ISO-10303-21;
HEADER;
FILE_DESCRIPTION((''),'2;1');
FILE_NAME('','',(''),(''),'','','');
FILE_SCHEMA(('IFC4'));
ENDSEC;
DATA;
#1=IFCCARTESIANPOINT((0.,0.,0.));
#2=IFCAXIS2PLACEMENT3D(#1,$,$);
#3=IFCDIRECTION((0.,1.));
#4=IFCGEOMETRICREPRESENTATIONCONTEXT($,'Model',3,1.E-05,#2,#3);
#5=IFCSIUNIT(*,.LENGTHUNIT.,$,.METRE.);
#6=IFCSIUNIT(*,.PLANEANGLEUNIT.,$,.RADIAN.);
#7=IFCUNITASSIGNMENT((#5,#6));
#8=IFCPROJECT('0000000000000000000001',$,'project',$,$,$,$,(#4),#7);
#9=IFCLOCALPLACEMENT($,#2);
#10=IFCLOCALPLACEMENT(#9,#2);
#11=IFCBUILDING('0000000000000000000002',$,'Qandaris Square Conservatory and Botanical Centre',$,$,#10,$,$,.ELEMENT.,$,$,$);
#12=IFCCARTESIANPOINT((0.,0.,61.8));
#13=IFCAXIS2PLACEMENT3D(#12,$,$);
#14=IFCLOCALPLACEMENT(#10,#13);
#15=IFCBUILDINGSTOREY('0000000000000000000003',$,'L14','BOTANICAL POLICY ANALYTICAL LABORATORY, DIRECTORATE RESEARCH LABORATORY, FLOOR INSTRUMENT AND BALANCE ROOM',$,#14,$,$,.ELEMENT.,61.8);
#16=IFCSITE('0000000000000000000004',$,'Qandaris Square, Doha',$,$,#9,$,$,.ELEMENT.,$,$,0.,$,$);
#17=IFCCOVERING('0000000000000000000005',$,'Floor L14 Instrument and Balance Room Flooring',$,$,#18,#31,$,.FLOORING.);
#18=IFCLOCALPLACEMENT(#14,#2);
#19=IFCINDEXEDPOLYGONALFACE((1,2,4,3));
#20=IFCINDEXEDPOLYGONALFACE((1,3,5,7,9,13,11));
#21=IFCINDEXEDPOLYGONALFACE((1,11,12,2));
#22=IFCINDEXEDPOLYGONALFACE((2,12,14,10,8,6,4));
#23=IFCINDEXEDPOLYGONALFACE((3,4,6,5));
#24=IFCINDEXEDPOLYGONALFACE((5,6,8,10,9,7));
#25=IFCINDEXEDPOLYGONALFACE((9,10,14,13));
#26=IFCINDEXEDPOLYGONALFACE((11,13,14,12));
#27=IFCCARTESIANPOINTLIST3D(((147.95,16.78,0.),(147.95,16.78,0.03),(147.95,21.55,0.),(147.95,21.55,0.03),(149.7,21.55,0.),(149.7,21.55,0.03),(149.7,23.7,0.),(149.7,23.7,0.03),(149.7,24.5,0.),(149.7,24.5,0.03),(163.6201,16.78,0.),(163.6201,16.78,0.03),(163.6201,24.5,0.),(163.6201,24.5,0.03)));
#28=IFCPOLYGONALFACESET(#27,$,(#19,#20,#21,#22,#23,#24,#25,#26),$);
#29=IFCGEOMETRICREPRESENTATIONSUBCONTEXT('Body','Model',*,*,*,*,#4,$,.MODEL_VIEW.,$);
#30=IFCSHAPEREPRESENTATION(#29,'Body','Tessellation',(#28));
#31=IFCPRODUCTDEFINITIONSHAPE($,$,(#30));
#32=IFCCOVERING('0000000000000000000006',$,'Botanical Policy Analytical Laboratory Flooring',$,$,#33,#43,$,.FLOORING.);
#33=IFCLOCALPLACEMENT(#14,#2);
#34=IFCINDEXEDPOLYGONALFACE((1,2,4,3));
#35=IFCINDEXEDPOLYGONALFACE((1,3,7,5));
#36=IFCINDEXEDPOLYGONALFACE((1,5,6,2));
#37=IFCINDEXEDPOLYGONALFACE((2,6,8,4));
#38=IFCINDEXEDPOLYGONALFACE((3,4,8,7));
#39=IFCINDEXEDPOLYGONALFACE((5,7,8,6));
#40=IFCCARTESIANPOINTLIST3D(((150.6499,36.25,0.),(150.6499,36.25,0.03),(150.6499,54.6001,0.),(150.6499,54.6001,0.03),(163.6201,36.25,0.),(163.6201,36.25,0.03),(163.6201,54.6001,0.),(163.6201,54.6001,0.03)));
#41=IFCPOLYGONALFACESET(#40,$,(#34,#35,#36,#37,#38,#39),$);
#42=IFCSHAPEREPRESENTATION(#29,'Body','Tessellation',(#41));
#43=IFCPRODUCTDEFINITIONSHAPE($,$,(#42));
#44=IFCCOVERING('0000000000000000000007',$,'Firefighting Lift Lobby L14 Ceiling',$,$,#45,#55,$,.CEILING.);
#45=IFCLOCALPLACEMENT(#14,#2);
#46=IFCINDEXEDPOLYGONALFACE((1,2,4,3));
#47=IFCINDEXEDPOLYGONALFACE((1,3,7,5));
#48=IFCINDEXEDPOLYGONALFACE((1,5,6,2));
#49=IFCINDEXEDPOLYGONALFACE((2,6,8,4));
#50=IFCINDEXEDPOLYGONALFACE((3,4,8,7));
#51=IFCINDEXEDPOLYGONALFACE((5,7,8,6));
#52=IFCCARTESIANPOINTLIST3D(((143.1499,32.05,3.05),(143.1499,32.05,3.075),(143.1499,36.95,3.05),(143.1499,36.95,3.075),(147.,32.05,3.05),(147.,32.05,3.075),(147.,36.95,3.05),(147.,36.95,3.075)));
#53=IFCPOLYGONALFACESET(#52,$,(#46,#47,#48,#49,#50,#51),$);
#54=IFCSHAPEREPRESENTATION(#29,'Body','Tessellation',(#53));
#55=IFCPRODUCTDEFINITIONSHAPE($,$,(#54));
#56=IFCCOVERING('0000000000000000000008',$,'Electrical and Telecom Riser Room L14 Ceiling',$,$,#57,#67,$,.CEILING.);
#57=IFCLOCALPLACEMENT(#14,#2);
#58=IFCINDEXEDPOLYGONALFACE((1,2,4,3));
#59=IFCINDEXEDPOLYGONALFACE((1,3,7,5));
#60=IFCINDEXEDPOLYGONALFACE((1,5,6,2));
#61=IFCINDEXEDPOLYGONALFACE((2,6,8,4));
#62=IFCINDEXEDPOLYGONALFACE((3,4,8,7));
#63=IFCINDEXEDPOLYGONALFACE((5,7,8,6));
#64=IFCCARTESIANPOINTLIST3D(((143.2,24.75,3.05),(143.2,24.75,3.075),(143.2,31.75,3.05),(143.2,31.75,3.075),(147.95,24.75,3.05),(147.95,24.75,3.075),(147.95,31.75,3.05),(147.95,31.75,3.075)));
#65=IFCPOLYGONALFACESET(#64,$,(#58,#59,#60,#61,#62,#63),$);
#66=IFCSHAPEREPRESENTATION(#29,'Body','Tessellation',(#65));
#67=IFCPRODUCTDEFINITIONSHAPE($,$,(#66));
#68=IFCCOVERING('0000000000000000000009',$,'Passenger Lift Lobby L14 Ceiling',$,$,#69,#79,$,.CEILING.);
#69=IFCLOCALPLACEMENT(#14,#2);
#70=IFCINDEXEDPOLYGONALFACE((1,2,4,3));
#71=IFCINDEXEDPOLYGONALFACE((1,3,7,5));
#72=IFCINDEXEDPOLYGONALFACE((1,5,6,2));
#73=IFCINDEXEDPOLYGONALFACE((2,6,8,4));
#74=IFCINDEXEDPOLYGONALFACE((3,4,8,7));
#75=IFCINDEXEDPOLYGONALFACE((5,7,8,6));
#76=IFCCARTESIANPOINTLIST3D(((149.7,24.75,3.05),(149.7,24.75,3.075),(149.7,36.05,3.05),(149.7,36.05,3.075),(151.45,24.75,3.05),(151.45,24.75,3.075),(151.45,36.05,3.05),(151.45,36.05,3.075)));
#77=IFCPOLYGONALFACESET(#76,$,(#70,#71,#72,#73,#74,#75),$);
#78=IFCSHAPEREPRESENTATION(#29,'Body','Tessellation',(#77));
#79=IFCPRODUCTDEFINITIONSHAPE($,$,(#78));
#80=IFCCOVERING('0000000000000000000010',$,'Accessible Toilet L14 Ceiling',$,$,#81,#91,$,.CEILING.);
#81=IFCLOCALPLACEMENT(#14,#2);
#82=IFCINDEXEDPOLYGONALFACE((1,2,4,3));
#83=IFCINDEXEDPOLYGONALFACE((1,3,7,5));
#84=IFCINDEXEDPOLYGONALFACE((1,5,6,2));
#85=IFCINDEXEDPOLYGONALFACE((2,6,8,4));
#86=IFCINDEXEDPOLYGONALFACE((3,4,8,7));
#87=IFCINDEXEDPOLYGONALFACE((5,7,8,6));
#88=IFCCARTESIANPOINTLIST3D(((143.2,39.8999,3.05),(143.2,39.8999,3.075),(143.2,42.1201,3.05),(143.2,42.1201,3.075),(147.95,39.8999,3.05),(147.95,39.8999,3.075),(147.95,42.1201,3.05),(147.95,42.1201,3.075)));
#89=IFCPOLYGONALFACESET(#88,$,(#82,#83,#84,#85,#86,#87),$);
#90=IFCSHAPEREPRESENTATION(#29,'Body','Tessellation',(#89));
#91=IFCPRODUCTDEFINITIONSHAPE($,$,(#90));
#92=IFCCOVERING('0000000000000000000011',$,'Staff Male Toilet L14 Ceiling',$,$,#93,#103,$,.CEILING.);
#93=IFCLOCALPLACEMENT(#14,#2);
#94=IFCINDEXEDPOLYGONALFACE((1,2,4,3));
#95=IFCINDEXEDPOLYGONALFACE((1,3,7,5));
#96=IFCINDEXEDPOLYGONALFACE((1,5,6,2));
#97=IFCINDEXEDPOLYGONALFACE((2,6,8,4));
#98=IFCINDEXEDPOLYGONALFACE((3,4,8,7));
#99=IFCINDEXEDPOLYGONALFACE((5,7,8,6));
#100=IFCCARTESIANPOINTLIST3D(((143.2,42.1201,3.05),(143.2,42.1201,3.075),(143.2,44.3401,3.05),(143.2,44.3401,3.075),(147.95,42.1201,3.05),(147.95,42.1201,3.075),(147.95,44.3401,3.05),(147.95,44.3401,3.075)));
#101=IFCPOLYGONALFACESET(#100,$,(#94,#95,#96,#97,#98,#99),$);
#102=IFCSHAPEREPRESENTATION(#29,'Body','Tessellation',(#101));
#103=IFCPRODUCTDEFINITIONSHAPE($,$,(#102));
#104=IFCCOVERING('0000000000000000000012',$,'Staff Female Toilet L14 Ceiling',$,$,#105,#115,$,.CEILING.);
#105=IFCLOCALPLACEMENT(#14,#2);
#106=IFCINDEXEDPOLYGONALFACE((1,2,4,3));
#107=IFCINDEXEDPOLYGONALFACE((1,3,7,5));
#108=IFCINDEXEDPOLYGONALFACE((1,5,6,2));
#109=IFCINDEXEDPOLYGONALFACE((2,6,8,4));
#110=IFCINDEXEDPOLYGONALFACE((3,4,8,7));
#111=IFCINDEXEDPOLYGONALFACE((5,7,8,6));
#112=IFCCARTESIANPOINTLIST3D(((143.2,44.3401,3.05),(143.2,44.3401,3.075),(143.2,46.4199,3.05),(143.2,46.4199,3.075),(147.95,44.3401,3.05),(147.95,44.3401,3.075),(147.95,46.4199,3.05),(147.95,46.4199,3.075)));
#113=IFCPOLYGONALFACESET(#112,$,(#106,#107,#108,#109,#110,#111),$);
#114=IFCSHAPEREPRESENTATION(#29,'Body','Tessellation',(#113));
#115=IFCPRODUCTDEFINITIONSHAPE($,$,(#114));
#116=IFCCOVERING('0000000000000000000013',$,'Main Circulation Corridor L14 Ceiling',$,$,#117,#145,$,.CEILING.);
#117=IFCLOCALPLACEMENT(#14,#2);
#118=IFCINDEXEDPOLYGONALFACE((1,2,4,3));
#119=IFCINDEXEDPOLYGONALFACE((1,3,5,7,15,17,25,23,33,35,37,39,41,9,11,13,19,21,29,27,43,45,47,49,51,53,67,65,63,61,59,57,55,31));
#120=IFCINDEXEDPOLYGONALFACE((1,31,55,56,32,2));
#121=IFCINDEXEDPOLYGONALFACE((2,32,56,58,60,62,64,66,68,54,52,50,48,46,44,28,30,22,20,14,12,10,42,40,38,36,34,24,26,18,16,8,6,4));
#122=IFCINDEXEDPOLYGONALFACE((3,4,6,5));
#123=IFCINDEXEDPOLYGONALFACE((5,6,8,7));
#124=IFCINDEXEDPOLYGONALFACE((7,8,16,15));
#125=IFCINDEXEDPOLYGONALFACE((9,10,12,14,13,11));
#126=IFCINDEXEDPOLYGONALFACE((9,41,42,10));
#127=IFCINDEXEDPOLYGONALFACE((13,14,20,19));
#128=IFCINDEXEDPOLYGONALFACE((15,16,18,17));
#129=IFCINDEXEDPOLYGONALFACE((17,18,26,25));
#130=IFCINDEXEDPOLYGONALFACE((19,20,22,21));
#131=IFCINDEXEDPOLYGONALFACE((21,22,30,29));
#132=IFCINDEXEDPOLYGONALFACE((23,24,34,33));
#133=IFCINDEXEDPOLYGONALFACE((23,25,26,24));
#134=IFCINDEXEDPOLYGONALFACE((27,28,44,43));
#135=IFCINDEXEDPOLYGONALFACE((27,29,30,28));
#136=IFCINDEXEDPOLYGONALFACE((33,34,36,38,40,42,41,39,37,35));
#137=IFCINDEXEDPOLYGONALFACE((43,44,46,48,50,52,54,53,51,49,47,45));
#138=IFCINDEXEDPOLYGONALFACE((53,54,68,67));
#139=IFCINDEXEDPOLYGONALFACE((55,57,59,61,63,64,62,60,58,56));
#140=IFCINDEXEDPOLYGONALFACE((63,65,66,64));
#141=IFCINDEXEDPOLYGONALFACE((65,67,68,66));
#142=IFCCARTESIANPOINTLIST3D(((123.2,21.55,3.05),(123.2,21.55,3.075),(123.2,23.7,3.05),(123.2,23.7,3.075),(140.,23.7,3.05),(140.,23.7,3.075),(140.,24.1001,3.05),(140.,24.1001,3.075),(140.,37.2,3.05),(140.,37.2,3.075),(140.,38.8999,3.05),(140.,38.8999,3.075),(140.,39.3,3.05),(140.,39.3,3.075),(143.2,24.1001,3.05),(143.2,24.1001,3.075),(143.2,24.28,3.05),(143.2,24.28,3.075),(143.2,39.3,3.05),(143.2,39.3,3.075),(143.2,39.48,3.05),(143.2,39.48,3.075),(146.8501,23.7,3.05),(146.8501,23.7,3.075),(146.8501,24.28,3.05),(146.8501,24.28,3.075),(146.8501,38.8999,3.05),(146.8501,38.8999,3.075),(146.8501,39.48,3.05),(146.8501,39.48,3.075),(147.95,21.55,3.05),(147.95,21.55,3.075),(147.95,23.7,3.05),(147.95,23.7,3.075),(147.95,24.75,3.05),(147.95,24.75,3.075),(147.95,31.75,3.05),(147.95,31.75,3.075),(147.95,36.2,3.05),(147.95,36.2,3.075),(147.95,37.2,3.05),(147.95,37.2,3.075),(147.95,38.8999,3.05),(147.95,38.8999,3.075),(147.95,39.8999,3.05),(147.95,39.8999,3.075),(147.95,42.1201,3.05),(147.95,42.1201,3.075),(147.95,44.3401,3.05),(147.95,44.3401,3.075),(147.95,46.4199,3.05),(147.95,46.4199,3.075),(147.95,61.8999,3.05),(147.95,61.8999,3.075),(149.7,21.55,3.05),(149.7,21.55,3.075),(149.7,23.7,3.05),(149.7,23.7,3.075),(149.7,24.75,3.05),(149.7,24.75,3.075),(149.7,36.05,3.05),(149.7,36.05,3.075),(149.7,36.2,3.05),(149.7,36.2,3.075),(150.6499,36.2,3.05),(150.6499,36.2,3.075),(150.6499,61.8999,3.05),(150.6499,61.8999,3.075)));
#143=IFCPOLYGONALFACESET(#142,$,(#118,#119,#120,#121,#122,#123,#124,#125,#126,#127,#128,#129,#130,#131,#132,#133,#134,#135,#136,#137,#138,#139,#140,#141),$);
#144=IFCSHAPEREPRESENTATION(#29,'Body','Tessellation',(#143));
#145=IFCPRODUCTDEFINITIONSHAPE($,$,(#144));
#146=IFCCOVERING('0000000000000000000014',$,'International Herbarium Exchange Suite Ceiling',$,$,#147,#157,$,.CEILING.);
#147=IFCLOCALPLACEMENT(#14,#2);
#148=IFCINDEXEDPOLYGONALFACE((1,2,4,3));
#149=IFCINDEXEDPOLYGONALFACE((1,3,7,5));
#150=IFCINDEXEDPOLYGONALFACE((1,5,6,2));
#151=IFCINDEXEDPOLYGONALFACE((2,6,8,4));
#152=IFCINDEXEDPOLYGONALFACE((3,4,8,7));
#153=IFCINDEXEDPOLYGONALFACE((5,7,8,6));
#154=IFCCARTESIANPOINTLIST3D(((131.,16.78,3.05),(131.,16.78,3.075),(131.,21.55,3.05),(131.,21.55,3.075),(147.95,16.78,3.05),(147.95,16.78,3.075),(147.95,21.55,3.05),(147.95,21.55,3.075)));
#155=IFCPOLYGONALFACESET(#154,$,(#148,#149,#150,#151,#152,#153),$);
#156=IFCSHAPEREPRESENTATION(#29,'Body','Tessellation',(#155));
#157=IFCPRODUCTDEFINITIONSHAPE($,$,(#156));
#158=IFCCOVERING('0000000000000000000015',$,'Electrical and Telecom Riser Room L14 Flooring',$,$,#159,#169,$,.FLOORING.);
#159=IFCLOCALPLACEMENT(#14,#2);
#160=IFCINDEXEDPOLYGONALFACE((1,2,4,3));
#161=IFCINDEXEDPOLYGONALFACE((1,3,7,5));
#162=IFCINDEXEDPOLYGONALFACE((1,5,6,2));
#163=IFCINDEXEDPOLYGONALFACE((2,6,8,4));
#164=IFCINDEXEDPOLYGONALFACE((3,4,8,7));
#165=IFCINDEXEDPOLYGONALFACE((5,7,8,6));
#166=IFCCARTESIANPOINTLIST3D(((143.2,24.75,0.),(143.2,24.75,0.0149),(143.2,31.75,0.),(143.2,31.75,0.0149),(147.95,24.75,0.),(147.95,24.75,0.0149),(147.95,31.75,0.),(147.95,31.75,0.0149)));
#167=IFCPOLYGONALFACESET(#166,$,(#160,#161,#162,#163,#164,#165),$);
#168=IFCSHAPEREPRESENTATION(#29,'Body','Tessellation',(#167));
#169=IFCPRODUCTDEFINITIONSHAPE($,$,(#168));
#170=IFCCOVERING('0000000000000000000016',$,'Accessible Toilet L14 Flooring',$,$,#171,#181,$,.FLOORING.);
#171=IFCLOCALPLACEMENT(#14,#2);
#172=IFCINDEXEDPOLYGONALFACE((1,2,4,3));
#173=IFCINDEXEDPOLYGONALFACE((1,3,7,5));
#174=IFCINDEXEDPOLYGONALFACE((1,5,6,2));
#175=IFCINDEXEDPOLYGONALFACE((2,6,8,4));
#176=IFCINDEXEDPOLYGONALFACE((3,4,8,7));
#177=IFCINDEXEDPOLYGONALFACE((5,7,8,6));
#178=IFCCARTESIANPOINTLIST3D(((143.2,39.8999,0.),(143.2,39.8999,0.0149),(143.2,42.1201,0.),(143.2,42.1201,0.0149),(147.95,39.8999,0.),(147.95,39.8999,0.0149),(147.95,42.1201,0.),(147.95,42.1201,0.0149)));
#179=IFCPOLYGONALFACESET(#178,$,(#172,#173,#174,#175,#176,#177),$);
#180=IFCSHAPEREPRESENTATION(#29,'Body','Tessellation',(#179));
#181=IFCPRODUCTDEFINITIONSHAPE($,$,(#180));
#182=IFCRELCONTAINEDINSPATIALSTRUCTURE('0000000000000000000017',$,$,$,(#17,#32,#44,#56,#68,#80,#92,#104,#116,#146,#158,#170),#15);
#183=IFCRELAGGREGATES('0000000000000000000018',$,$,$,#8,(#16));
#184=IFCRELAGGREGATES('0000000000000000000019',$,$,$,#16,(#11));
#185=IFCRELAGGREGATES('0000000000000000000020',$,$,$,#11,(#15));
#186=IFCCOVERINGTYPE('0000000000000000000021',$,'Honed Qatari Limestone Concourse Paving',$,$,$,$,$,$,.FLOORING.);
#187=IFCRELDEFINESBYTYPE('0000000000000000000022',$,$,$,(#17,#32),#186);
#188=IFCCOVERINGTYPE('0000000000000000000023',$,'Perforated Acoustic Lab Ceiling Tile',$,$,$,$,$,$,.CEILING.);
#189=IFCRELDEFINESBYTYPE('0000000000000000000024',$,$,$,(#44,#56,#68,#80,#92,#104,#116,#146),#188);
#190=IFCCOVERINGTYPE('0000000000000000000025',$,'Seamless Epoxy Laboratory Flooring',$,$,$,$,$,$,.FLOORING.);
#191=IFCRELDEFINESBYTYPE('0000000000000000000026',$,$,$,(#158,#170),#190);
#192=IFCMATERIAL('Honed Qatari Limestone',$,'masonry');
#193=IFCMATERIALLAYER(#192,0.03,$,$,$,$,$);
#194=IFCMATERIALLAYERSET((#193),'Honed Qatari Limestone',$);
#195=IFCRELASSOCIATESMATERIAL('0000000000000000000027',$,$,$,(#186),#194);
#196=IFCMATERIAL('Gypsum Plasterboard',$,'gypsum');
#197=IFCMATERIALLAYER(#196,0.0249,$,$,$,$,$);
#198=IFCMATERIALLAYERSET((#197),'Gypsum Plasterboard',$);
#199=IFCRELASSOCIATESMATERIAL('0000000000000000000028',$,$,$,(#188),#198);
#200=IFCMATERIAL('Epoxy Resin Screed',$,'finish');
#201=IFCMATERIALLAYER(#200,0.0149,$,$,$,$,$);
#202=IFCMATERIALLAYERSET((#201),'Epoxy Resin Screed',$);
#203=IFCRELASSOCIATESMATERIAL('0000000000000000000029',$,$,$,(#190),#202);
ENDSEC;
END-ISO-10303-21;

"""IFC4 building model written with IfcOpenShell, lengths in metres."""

from ifc_helpers import new_model, si_unit, direction, frame, origin, place, context, subcontext, project, spatial, polyline, outline, extrude, material, layer, layer_set, type_object, element, save


model = new_model("IFC4")

# Units and contexts
model_context = context("Model", 3, precision=1e-05, world=origin(), true_north=direction((0.0, 1.0)))
body_context = subcontext(model_context, "Body", "Model", "MODEL_VIEW")
ifc_project = project(units=[si_unit("LENGTHUNIT", "METRE"), si_unit("PLANEANGLEUNIT", "RADIAN")], contexts=[model_context])

# Site, building, storey
site_placement = place(None, origin())
site = spatial("IfcSite", under=ifc_project, at=site_placement, Name="Qandaris Square, Doha", CompositionType="ELEMENT", RefElevation=0.0)
building_placement = place(site_placement, origin())
building = spatial("IfcBuilding", under=site, at=building_placement, Name="Qandaris Square Conservatory and Botanical Centre", CompositionType="ELEMENT")
storey_placement = place(building_placement, frame((0.0, 0.0, 61.8)))
storey = spatial("IfcBuildingStorey", under=building, at=storey_placement, Name="L14", Description="BOTANICAL POLICY ANALYTICAL LABORATORY, DIRECTORATE RESEARCH LABORATORY, FLOOR INSTRUMENT AND BALANCE ROOM", CompositionType="ELEMENT", Elevation=61.8)

# Coverings
ifc_material_1 = material(Name="Honed Qatari Limestone", Category="masonry")
ifc_layer_1 = layer(ifc_material_1, 0.03)
ifc_layer_set_1 = layer_set([ifc_layer_1], Name="Honed Qatari Limestone")
covering_type_1 = type_object("IfcCoveringType", Name="Honed Qatari Limestone Concourse Paving", PredefinedType="FLOORING", material=ifc_layer_set_1)
covering_1_placement = place(storey_placement, origin())
element("IfcCovering", 1, at=covering_1_placement, inside=storey, type_object=covering_type_1, Name="Floor L14 Instrument and Balance Room Flooring", PredefinedType="FLOORING", context=body_context, shape_type="SweptSolid", body=[
    extrude(outline(polyline([(147.95, 21.55), (149.7, 21.55), (149.7, 23.7), (149.7, 24.5), (163.6201, 24.5), (163.6201, 16.78), (147.95, 16.78), (147.95, 21.55)])), origin(), (0.0, 0.0, 1.0), 0.03),
])
covering_2_placement = place(storey_placement, origin())
element("IfcCovering", 2, at=covering_2_placement, inside=storey, type_object=covering_type_1, Name="Botanical Policy Analytical Laboratory Flooring", PredefinedType="FLOORING", context=body_context, shape_type="SweptSolid", body=[
    extrude(outline(polyline([(150.6499, 54.6001), (163.6201, 54.6001), (163.6201, 36.25), (150.6499, 36.25), (150.6499, 54.6001)])), origin(), (0.0, 0.0, 1.0), 0.03),
])
ifc_material_2 = material(Name="Gypsum Plasterboard", Category="gypsum")
ifc_layer_2 = layer(ifc_material_2, 0.0249)
ifc_layer_set_2 = layer_set([ifc_layer_2], Name="Gypsum Plasterboard")
covering_type_2 = type_object("IfcCoveringType", Name="Perforated Acoustic Lab Ceiling Tile", PredefinedType="CEILING", material=ifc_layer_set_2)
covering_3_placement = place(storey_placement, frame((0.0, 0.0, 3.05)))
element("IfcCovering", 3, at=covering_3_placement, inside=storey, type_object=covering_type_2, Name="Firefighting Lift Lobby L14 Ceiling", PredefinedType="CEILING", context=body_context, shape_type="SweptSolid", body=[
    extrude(outline(polyline([(143.1499, 36.95), (147.0, 36.95), (147.0, 32.05), (143.1499, 32.05), (143.1499, 36.95)])), origin(), (0.0, 0.0, 1.0), 0.0249),
])
covering_4_placement = place(storey_placement, frame((0.0, 0.0, 3.05)))
element("IfcCovering", 4, at=covering_4_placement, inside=storey, type_object=covering_type_2, Name="Electrical and Telecom Riser Room L14 Ceiling", PredefinedType="CEILING", context=body_context, shape_type="SweptSolid", body=[
    extrude(outline(polyline([(147.95, 31.75), (147.95, 24.75), (143.2, 24.75), (143.2, 31.75), (147.95, 31.75)])), origin(), (0.0, 0.0, 1.0), 0.0249),
])
covering_5_placement = place(storey_placement, frame((0.0, 0.0, 3.05)))
element("IfcCovering", 5, at=covering_5_placement, inside=storey, type_object=covering_type_2, Name="Passenger Lift Lobby L14 Ceiling", PredefinedType="CEILING", context=body_context, shape_type="SweptSolid", body=[
    extrude(outline(polyline([(149.7, 36.05), (151.45, 36.05), (151.45, 24.75), (149.7, 24.75), (149.7, 36.05)])), origin(), (0.0, 0.0, 1.0), 0.0249),
])
covering_6_placement = place(storey_placement, frame((0.0, 0.0, 3.05)))
element("IfcCovering", 6, at=covering_6_placement, inside=storey, type_object=covering_type_2, Name="Accessible Toilet L14 Ceiling", PredefinedType="CEILING", context=body_context, shape_type="SweptSolid", body=[
    extrude(outline(polyline([(147.95, 42.1201), (147.95, 39.8999), (143.2, 39.8999), (143.2, 42.1201), (147.95, 42.1201)])), origin(), (0.0, 0.0, 1.0), 0.0249),
])
covering_7_placement = place(storey_placement, frame((0.0, 0.0, 3.05)))
element("IfcCovering", 7, at=covering_7_placement, inside=storey, type_object=covering_type_2, Name="Staff Male Toilet L14 Ceiling", PredefinedType="CEILING", context=body_context, shape_type="SweptSolid", body=[
    extrude(outline(polyline([(147.95, 44.3401), (147.95, 42.1201), (143.2, 42.1201), (143.2, 44.3401), (147.95, 44.3401)])), origin(), (0.0, 0.0, 1.0), 0.0249),
])
covering_8_placement = place(storey_placement, frame((0.0, 0.0, 3.05)))
element("IfcCovering", 8, at=covering_8_placement, inside=storey, type_object=covering_type_2, Name="Staff Female Toilet L14 Ceiling", PredefinedType="CEILING", context=body_context, shape_type="SweptSolid", body=[
    extrude(outline(polyline([(147.95, 46.4199), (147.95, 44.3401), (143.2, 44.3401), (143.2, 46.4199), (147.95, 46.4199)])), origin(), (0.0, 0.0, 1.0), 0.0249),
])
covering_9_placement = place(storey_placement, frame((0.0, 0.0, 3.05)))
element("IfcCovering", 9, at=covering_9_placement, inside=storey, type_object=covering_type_2, Name="Main Circulation Corridor L14 Ceiling", PredefinedType="CEILING", context=body_context, shape_type="SweptSolid", body=[
    extrude(outline(polyline([(140.0, 24.1001), (143.2, 24.1001), (143.2, 24.28), (146.8501, 24.28), (146.8501, 23.7), (147.95, 23.7), (147.95, 24.75), (147.95, 31.75), (147.95, 36.2), (147.95, 37.2), (140.0, 37.2), (140.0, 38.8999), (140.0, 39.3), (143.2, 39.3), (143.2, 39.48), (146.8501, 39.48), (146.8501, 38.8999), (147.95, 38.8999), (147.95, 39.8999), (147.95, 42.1201), (147.95, 44.3401), (147.95, 46.4199), (147.95, 61.8999), (150.6499, 61.8999), (150.6499, 36.2), (149.7, 36.2), (149.7, 36.05), (149.7, 24.75), (149.7, 23.7), (149.7, 21.55), (147.95, 21.55), (123.2, 21.55), (123.2, 23.7), (140.0, 23.7), (140.0, 24.1001)])), origin(), (0.0, 0.0, 1.0), 0.0249),
])
covering_10_placement = place(storey_placement, frame((0.0, 0.0, 3.05)))
element("IfcCovering", 10, at=covering_10_placement, inside=storey, type_object=covering_type_2, Name="International Herbarium Exchange Suite Ceiling", PredefinedType="CEILING", context=body_context, shape_type="SweptSolid", body=[
    extrude(outline(polyline([(147.95, 21.55), (147.95, 16.78), (131.0, 16.78), (131.0, 21.55), (147.95, 21.55)])), origin(), (0.0, 0.0, 1.0), 0.0249),
])
ifc_material_3 = material(Name="Epoxy Resin Screed", Category="finish")
ifc_layer_3 = layer(ifc_material_3, 0.0149)
ifc_layer_set_3 = layer_set([ifc_layer_3], Name="Epoxy Resin Screed")
covering_type_3 = type_object("IfcCoveringType", Name="Seamless Epoxy Laboratory Flooring", PredefinedType="FLOORING", material=ifc_layer_set_3)
covering_11_placement = place(storey_placement, origin())
element("IfcCovering", 11, at=covering_11_placement, inside=storey, type_object=covering_type_3, Name="Electrical and Telecom Riser Room L14 Flooring", PredefinedType="FLOORING", context=body_context, shape_type="SweptSolid", body=[
    extrude(outline(polyline([(147.95, 31.75), (147.95, 24.75), (143.2, 24.75), (143.2, 31.75), (147.95, 31.75)])), origin(), (0.0, 0.0, 1.0), 0.0149),
])
covering_12_placement = place(storey_placement, origin())
element("IfcCovering", 12, at=covering_12_placement, inside=storey, type_object=covering_type_3, Name="Accessible Toilet L14 Flooring", PredefinedType="FLOORING", context=body_context, shape_type="SweptSolid", body=[
    extrude(outline(polyline([(147.95, 42.1201), (147.95, 39.8999), (143.2, 39.8999), (143.2, 42.1201), (147.95, 42.1201)])), origin(), (0.0, 0.0, 1.0), 0.0149),
])

save(model, "model.ifc")
